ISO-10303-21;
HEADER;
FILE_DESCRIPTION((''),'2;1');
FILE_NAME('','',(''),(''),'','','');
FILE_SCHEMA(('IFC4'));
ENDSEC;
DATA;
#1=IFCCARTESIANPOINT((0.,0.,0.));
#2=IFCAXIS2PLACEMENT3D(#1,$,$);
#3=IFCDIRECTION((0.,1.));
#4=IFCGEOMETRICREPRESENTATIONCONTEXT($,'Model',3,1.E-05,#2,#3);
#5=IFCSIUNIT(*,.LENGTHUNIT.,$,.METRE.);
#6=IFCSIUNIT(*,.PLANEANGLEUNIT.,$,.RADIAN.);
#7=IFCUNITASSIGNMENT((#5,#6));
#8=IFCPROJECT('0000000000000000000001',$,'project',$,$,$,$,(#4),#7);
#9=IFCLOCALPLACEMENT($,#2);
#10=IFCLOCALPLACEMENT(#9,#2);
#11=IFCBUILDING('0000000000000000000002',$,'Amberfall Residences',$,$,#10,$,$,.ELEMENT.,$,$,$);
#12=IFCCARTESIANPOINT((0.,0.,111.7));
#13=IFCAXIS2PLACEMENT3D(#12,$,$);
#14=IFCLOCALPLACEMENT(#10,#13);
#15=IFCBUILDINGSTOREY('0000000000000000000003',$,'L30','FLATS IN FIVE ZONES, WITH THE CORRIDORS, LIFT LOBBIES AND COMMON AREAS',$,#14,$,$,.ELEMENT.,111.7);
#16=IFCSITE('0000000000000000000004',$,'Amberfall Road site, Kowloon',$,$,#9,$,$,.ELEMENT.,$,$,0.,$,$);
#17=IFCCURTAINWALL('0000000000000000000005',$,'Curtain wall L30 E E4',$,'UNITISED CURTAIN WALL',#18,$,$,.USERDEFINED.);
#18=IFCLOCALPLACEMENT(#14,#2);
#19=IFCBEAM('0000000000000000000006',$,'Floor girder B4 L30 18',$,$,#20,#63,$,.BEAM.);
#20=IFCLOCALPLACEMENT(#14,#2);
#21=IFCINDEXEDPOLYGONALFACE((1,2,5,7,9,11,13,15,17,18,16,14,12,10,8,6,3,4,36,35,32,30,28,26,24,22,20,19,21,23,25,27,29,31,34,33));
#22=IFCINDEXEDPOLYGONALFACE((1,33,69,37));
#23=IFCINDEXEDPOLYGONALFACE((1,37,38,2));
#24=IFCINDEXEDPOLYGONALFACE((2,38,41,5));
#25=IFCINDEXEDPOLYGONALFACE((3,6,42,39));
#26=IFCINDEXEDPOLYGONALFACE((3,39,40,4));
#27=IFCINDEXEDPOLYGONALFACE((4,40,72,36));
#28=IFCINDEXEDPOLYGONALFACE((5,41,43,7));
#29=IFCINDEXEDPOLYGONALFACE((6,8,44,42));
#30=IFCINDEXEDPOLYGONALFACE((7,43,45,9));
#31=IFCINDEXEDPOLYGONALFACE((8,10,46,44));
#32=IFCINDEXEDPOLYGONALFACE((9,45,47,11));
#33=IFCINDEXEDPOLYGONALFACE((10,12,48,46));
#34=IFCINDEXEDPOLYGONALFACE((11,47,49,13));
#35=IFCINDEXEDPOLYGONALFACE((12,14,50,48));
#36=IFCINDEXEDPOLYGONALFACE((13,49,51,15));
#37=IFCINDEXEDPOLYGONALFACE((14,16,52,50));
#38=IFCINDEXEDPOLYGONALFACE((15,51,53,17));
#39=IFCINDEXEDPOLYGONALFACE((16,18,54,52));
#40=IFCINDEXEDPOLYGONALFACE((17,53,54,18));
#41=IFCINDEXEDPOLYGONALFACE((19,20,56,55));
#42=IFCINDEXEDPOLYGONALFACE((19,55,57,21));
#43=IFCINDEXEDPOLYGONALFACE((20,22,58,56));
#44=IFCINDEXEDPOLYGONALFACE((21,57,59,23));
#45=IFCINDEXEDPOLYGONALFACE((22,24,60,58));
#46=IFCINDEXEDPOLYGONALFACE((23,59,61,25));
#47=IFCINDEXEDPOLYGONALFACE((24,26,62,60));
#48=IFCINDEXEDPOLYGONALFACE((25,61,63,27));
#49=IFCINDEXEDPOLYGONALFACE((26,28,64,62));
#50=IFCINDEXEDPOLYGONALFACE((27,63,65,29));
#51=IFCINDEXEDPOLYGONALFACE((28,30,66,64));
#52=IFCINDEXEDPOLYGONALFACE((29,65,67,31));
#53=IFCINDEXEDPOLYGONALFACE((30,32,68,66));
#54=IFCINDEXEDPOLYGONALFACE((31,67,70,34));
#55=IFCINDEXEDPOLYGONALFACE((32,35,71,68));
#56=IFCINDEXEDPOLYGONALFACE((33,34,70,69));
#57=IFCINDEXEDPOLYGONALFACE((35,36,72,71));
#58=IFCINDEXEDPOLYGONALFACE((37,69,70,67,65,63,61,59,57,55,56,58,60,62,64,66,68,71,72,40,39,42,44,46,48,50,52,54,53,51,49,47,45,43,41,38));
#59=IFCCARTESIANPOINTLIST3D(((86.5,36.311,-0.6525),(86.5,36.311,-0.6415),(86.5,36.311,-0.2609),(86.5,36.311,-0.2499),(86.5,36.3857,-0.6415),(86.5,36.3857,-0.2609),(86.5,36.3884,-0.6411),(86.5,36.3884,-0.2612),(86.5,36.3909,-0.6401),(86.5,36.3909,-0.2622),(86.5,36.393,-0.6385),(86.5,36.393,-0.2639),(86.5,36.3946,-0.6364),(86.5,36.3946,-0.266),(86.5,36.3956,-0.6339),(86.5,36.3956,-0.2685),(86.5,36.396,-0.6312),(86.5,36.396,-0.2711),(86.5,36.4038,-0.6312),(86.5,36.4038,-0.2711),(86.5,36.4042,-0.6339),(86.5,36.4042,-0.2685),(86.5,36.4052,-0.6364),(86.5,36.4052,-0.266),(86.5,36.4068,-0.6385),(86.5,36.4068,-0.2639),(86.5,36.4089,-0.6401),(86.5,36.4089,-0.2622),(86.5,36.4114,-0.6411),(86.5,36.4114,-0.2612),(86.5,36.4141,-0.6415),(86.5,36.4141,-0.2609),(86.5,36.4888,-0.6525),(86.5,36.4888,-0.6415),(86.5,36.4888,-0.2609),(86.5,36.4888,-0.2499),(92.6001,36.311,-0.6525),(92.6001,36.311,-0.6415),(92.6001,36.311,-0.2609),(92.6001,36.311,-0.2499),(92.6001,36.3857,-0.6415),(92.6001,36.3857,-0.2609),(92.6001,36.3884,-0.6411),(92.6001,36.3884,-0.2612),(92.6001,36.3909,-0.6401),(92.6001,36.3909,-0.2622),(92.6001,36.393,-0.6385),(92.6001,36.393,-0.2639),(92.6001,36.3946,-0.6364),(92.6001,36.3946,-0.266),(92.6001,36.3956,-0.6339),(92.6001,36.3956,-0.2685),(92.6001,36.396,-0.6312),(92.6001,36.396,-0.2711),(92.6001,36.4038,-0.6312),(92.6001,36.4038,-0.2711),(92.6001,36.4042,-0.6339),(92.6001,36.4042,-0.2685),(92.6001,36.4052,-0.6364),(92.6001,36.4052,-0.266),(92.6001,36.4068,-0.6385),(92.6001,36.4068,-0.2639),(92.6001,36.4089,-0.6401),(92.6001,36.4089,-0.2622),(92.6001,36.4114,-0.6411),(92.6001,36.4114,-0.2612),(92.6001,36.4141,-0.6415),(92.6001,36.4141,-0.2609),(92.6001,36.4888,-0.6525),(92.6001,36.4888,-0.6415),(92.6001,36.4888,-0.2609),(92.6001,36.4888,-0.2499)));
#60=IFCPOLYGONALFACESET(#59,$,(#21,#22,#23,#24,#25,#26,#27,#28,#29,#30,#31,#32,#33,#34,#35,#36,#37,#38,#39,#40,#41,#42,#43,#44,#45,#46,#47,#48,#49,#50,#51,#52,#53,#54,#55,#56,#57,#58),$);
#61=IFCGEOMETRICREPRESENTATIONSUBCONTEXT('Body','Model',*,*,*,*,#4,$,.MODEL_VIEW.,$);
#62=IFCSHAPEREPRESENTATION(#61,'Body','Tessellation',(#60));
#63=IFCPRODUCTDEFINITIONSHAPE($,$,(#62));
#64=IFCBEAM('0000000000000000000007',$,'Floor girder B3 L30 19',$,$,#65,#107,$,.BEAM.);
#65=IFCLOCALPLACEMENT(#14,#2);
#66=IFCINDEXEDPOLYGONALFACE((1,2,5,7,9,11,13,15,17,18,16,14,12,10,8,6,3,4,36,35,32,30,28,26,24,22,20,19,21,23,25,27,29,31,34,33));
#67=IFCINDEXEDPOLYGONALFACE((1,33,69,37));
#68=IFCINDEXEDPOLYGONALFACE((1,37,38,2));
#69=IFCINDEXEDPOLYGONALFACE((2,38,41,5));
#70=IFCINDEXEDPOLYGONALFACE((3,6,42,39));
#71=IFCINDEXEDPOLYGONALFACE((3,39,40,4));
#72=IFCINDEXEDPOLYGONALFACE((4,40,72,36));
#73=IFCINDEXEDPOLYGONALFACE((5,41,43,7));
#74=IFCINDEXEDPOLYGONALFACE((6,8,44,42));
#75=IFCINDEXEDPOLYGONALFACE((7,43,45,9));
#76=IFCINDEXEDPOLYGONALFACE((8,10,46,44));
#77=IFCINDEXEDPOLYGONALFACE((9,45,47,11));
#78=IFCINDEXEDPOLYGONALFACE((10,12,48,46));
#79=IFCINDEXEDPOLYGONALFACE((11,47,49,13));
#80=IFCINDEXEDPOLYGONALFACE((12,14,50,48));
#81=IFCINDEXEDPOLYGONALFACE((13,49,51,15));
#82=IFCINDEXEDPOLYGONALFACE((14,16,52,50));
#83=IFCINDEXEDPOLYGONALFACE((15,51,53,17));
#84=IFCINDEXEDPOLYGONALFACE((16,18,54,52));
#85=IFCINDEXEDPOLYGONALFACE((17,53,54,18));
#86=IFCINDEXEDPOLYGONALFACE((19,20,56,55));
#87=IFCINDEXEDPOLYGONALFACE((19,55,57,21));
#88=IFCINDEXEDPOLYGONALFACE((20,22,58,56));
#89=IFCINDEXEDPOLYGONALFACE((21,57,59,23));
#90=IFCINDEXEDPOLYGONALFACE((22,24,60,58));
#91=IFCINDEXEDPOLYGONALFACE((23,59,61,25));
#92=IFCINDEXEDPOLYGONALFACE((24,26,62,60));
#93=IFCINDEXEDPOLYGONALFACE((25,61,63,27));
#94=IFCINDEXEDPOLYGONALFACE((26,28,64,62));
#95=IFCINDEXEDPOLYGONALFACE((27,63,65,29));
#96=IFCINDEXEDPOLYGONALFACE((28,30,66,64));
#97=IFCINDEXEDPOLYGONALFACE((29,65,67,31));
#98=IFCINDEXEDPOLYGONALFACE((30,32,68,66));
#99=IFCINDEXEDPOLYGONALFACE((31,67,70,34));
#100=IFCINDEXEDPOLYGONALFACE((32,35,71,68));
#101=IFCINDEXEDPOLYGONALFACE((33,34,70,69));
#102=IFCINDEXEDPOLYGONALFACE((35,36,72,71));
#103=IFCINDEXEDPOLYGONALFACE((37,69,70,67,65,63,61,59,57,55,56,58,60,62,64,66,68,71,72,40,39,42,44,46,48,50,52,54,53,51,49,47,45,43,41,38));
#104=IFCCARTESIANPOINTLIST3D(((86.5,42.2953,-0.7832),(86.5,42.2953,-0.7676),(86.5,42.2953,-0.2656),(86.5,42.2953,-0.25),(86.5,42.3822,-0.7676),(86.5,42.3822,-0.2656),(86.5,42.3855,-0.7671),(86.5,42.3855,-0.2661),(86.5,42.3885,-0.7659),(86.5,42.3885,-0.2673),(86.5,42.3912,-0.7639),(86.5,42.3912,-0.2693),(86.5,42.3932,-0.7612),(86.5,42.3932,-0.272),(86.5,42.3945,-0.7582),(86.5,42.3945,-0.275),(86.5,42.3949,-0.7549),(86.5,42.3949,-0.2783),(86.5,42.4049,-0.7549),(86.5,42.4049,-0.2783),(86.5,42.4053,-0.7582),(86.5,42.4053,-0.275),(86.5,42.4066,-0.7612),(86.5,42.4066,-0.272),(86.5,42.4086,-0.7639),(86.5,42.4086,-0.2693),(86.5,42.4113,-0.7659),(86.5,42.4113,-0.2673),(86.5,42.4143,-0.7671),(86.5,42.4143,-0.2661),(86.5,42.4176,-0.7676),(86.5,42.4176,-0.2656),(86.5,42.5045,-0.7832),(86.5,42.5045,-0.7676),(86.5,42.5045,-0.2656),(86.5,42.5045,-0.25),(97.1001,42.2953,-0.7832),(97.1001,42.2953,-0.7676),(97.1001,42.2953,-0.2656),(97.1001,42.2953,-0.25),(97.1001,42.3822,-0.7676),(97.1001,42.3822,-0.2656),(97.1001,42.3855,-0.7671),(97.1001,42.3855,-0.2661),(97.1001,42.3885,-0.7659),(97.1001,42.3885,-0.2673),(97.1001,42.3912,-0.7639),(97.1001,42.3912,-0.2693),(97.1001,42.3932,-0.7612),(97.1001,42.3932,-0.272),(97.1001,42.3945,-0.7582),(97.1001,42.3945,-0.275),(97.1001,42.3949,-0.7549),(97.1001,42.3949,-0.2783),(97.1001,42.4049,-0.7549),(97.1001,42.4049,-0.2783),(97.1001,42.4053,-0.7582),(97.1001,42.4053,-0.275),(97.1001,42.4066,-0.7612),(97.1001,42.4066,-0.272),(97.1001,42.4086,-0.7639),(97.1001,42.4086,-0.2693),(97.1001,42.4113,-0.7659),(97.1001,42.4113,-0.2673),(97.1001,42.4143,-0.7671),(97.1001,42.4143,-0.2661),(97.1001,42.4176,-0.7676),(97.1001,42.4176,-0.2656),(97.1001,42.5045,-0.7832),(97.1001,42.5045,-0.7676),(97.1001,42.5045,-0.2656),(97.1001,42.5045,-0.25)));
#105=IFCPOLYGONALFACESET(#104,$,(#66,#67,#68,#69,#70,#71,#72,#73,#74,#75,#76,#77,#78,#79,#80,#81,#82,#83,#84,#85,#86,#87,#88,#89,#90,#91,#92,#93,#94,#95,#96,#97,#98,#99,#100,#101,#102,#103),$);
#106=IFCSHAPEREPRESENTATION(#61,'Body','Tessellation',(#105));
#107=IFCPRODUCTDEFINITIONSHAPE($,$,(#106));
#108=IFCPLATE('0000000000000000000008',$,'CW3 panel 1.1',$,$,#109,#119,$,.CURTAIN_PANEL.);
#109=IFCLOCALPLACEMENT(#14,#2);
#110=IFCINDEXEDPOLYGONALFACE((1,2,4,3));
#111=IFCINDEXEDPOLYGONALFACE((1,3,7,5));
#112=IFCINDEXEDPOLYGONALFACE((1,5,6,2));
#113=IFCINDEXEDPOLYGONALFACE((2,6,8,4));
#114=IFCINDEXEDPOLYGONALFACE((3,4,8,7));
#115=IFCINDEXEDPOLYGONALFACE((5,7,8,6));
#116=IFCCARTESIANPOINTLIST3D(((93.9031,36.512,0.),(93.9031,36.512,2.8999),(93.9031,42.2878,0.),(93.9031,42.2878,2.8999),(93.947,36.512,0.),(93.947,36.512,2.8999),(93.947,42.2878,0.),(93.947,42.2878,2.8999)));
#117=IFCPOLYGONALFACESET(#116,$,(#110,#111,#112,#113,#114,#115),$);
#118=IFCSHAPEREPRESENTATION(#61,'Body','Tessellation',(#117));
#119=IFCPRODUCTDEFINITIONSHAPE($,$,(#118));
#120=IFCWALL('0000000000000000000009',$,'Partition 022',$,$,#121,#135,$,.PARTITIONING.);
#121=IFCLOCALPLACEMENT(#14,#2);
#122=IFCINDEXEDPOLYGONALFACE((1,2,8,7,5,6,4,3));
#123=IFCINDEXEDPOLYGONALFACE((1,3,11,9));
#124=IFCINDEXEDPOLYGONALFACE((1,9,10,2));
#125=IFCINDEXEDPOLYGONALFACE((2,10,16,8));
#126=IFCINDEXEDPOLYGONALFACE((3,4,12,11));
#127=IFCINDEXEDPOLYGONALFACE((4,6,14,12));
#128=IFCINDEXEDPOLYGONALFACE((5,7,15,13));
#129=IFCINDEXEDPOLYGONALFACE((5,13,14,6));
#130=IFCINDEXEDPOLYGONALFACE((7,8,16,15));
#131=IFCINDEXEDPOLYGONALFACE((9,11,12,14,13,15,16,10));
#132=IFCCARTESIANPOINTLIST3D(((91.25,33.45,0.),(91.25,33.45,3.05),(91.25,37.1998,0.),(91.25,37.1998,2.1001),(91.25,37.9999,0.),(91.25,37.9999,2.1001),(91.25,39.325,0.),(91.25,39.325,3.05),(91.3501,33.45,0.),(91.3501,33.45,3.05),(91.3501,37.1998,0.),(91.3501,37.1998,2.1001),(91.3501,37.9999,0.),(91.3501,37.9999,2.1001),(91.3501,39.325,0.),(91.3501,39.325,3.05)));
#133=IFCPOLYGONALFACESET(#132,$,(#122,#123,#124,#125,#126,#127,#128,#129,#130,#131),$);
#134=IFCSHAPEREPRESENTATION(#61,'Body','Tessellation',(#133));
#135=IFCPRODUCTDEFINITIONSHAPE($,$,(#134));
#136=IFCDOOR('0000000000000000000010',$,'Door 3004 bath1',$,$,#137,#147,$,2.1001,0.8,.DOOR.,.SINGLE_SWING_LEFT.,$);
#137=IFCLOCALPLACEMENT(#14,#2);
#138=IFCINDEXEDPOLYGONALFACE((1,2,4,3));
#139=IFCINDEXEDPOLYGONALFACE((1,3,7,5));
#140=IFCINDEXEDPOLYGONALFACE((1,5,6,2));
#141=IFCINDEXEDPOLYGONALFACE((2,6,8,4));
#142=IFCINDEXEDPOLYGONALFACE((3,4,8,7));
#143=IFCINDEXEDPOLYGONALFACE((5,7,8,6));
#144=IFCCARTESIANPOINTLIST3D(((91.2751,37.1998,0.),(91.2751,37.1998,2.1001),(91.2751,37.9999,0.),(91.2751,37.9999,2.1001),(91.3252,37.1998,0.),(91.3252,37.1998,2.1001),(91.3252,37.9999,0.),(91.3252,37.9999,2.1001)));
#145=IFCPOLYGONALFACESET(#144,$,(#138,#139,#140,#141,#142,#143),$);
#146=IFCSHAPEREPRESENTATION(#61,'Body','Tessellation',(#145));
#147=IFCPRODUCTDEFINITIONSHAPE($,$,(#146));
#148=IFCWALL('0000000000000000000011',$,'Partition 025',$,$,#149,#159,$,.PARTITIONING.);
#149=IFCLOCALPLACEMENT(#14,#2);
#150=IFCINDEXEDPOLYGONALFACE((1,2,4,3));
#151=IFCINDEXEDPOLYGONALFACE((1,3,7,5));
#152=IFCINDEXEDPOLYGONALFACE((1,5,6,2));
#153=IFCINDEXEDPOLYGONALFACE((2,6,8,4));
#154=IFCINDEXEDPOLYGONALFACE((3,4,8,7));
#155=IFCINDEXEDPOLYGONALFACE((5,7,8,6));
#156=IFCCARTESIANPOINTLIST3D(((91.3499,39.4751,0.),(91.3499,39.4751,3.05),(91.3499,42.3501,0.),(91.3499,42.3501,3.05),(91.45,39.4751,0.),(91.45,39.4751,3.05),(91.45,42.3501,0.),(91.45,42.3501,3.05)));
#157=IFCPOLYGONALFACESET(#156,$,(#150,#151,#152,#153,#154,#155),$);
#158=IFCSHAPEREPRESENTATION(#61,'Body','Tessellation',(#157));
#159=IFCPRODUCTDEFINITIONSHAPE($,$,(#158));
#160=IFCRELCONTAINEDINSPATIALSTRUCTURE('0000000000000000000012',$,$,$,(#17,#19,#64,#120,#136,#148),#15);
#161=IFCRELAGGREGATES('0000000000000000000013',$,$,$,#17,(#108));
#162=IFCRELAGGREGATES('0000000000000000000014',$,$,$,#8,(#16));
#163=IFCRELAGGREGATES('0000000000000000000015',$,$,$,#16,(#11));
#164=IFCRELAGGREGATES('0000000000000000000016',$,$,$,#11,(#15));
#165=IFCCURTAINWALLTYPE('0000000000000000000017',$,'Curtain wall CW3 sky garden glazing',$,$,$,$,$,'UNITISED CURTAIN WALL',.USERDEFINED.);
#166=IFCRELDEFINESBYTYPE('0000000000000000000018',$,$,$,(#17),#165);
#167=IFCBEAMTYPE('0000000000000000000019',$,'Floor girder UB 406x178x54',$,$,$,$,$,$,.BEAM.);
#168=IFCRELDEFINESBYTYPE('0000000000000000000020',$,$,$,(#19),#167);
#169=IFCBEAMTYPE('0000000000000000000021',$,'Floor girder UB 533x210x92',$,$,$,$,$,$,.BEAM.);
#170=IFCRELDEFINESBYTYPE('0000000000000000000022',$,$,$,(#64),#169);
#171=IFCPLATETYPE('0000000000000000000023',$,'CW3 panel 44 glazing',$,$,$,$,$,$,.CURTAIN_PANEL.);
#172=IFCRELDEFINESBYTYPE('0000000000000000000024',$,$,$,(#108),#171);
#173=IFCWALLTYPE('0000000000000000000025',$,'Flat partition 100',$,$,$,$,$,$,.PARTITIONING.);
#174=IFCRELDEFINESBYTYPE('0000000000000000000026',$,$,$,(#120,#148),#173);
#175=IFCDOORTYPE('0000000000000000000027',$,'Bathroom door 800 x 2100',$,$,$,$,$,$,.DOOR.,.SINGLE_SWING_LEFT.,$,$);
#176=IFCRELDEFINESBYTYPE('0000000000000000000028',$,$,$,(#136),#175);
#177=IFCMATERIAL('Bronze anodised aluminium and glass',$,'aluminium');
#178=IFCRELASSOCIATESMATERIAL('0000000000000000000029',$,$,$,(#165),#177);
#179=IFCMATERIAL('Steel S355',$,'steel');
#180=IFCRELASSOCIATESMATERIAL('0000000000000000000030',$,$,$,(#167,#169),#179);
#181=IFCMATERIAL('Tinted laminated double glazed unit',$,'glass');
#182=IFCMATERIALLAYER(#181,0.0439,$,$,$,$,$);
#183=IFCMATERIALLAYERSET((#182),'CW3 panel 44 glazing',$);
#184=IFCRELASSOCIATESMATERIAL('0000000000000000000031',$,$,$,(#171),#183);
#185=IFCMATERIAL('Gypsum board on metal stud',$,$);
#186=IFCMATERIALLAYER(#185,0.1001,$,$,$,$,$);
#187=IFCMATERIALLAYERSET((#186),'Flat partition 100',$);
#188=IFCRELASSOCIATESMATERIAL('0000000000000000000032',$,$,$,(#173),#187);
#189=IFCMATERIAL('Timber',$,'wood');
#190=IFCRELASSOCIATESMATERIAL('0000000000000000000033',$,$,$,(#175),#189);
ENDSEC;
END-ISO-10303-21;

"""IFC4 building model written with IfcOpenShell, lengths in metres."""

from ifc_helpers import new_model, si_unit, direction, frame, frame_2d, origin, origin_2d, place, context, subcontext, project, spatial, rectangle, i_section, extrude, material, layer, layer_set, material_profile, profile_set, type_object, element, fill, aggregate, save


model = new_model("IFC4")

# Units and contexts
model_context = context("Model", 3, precision=1e-05, world=origin(), true_north=direction((0.0, 1.0)))
body_context = subcontext(model_context, "Body", "Model", "MODEL_VIEW")
ifc_project = project(units=[si_unit("LENGTHUNIT", "METRE"), si_unit("PLANEANGLEUNIT", "RADIAN")], contexts=[model_context])

# Site, building, storey
site_placement = place(None, origin())
site = spatial("IfcSite", under=ifc_project, at=site_placement, Name="Amberfall Road site, Kowloon", CompositionType="ELEMENT", RefElevation=0.0)
building_placement = place(site_placement, origin())
building = spatial("IfcBuilding", under=site, at=building_placement, Name="Amberfall Residences", CompositionType="ELEMENT")
storey_placement = place(building_placement, frame((0.0, 0.0, 111.7)))
storey = spatial("IfcBuildingStorey", under=building, at=storey_placement, Name="L30", Description="FLATS IN FIVE ZONES, WITH THE CORRIDORS, LIFT LOBBIES AND COMMON AREAS", CompositionType="ELEMENT", Elevation=111.7)

# Curtain wall
ifc_material_1 = material(Name="Bronze anodised aluminium and glass", Category="aluminium")
curtain_wall_type = type_object("IfcCurtainWallType", Name="Curtain wall CW3 sky garden glazing", ElementType="UNITISED CURTAIN WALL", PredefinedType="USERDEFINED", material=ifc_material_1)
curtain_wall_placement = place(storey_placement, origin())
curtain_wall = element("IfcCurtainWall", 1, at=curtain_wall_placement, inside=storey, type_object=curtain_wall_type, Name="Curtain wall L30 E E4", ObjectType="UNITISED CURTAIN WALL", PredefinedType="USERDEFINED")

# Beams
ifc_material_2 = material(Name="Steel S355", Category="steel")
ifc_material_profile_1 = material_profile(ifc_material_2, i_section(OverallWidth=0.1777, OverallDepth=0.4026, WebThickness=0.0078, FlangeThickness=0.011, FilletRadius=0.0103, at=origin_2d()), Name="UB 406x178x54")
ifc_profile_set_1 = profile_set([ifc_material_profile_1], Name="Steel S355")
beam_type_1 = type_object("IfcBeamType", Name="Floor girder UB 406x178x54", PredefinedType="BEAM", material=ifc_profile_set_1)
beam_1_placement = place(storey_placement, frame((92.6001, 36.3999, -0.4512), z_axis=(-1.0, 0.0, 0.0), x_axis=(0.0, -1.0, 0.0)))
element("IfcBeam", 2, at=beam_1_placement, inside=storey, type_object=beam_type_1, Name="Floor girder B4 L30 18", PredefinedType="BEAM", context=body_context, shape_type="SweptSolid", body=[
    extrude(i_section(OverallWidth=0.1777, OverallDepth=0.4026, WebThickness=0.0078, FlangeThickness=0.011, FilletRadius=0.0103, at=origin_2d()), origin(), (0.0, 0.0, 1.0), 6.1001),
])
ifc_material_profile_2 = material_profile(ifc_material_2, i_section(OverallWidth=0.2092, OverallDepth=0.5332, WebThickness=0.01, FlangeThickness=0.0156, FilletRadius=0.0127, at=origin_2d()), Name="UB 533x210x92")
ifc_profile_set_2 = profile_set([ifc_material_profile_2], Name="Steel S355")
beam_type_2 = type_object("IfcBeamType", Name="Floor girder UB 533x210x92", PredefinedType="BEAM", material=ifc_profile_set_2)
beam_2_placement = place(storey_placement, frame((97.1001, 42.3999, -0.5166), z_axis=(-1.0, 0.0, 0.0), x_axis=(0.0, -1.0, 0.0)))
element("IfcBeam", 3, at=beam_2_placement, inside=storey, type_object=beam_type_2, Name="Floor girder B3 L30 19", PredefinedType="BEAM", context=body_context, shape_type="SweptSolid", body=[
    extrude(i_section(OverallWidth=0.2092, OverallDepth=0.5332, WebThickness=0.01, FlangeThickness=0.0156, FilletRadius=0.0127, at=origin_2d()), origin(), (0.0, 0.0, 1.0), 10.6001),
])

# Plate
ifc_material_3 = material(Name="Tinted laminated double glazed unit", Category="glass")
ifc_layer_1 = layer(ifc_material_3, 0.0439)
ifc_layer_set_1 = layer_set([ifc_layer_1], Name="CW3 panel 44 glazing")
plate_type = type_object("IfcPlateType", Name="CW3 panel 44 glazing", PredefinedType="CURTAIN_PANEL", material=ifc_layer_set_1)
plate_placement = place(storey_placement, frame((93.925, 39.3999, 0.0), z_axis=(0.0, 0.0, 1.0), x_axis=(0.0, 1.0, 0.0)))
plate = element("IfcPlate", 4, at=plate_placement, type_object=plate_type, Name="CW3 panel 1.1", PredefinedType="CURTAIN_PANEL", context=body_context, shape_type="SweptSolid", body=[
    extrude(rectangle(XDim=5.7759, YDim=0.0439, at=origin_2d()), origin(), (0.0, 0.0, 1.0), 2.8999),
])
aggregate(curtain_wall, [plate])

# Wall, opening, door
ifc_material_4 = material(Name="Gypsum board on metal stud")
ifc_layer_2 = layer(ifc_material_4, 0.1001)
ifc_layer_set_2 = layer_set([ifc_layer_2], Name="Flat partition 100")
wall_type_1 = type_object("IfcWallType", Name="Flat partition 100", PredefinedType="PARTITIONING", material=ifc_layer_set_2)
wall_1_placement = place(storey_placement, frame((91.3, 33.45, 0.0), z_axis=(0.0, 0.0, 1.0), x_axis=(0.0, 1.0, 0.0)))
wall_1 = element("IfcWall", 5, at=wall_1_placement, inside=storey, type_object=wall_type_1, Name="Partition 022", PredefinedType="PARTITIONING", context=body_context, shape_type="SweptSolid", body=[
    extrude(rectangle(XDim=5.875, YDim=0.1001, at=frame_2d((2.9375, 0.0))), origin(), (0.0, 0.0, 1.0), 3.05),
])
opening_1_placement = place(wall_1_placement, frame((3.75, 0.0, 0.0)))
opening_1 = element("IfcOpeningElement", 6, at=opening_1_placement, cuts=wall_1, PredefinedType="OPENING", context=body_context, shape_type="SweptSolid", body=[
    extrude(rectangle(XDim=0.8, YDim=2.1001, at=frame_2d((0.3999, 1.05))), frame((0.0, 0.0601, 0.0), z_axis=(0.0, -1.0, 0.0), x_axis=(1.0, 0.0, 0.0)), (0.0, 0.0, 1.0), 0.1201),
])
ifc_material_5 = material(Name="Timber", Category="wood")
door_type_1 = type_object("IfcDoorType", Name="Bathroom door 800 x 2100", OperationType="SINGLE_SWING_LEFT", PredefinedType="DOOR", material=ifc_material_5)
door_1_placement = place(opening_1_placement, origin())
door_1 = element("IfcDoor", 7, at=door_1_placement, inside=storey, type_object=door_type_1, Name="Door 3004 bath1", OperationType="SINGLE_SWING_LEFT", OverallHeight=2.1001, OverallWidth=0.8, PredefinedType="DOOR", context=body_context, shape_type="SweptSolid", body=[
    extrude(rectangle(XDim=0.8, YDim=2.1001, at=frame_2d((0.3999, 1.05))), frame((0.0, 0.0249, 0.0), z_axis=(0.0, -1.0, 0.0), x_axis=(1.0, 0.0, 0.0)), (0.0, 0.0, 1.0), 0.05),
])
fill(opening_1, door_1)

# Wall
wall_2_placement = place(storey_placement, frame((91.3999, 39.4751, 0.0), z_axis=(0.0, 0.0, 1.0), x_axis=(0.0, 1.0, 0.0)))
element("IfcWall", 8, at=wall_2_placement, inside=storey, type_object=wall_type_1, Name="Partition 025", PredefinedType="PARTITIONING", context=body_context, shape_type="SweptSolid", body=[
    extrude(rectangle(XDim=2.875, YDim=0.1001, at=frame_2d((1.4375, 0.0))), origin(), (0.0, 0.0, 1.0), 3.05),
])

save(model, "model.ifc")
